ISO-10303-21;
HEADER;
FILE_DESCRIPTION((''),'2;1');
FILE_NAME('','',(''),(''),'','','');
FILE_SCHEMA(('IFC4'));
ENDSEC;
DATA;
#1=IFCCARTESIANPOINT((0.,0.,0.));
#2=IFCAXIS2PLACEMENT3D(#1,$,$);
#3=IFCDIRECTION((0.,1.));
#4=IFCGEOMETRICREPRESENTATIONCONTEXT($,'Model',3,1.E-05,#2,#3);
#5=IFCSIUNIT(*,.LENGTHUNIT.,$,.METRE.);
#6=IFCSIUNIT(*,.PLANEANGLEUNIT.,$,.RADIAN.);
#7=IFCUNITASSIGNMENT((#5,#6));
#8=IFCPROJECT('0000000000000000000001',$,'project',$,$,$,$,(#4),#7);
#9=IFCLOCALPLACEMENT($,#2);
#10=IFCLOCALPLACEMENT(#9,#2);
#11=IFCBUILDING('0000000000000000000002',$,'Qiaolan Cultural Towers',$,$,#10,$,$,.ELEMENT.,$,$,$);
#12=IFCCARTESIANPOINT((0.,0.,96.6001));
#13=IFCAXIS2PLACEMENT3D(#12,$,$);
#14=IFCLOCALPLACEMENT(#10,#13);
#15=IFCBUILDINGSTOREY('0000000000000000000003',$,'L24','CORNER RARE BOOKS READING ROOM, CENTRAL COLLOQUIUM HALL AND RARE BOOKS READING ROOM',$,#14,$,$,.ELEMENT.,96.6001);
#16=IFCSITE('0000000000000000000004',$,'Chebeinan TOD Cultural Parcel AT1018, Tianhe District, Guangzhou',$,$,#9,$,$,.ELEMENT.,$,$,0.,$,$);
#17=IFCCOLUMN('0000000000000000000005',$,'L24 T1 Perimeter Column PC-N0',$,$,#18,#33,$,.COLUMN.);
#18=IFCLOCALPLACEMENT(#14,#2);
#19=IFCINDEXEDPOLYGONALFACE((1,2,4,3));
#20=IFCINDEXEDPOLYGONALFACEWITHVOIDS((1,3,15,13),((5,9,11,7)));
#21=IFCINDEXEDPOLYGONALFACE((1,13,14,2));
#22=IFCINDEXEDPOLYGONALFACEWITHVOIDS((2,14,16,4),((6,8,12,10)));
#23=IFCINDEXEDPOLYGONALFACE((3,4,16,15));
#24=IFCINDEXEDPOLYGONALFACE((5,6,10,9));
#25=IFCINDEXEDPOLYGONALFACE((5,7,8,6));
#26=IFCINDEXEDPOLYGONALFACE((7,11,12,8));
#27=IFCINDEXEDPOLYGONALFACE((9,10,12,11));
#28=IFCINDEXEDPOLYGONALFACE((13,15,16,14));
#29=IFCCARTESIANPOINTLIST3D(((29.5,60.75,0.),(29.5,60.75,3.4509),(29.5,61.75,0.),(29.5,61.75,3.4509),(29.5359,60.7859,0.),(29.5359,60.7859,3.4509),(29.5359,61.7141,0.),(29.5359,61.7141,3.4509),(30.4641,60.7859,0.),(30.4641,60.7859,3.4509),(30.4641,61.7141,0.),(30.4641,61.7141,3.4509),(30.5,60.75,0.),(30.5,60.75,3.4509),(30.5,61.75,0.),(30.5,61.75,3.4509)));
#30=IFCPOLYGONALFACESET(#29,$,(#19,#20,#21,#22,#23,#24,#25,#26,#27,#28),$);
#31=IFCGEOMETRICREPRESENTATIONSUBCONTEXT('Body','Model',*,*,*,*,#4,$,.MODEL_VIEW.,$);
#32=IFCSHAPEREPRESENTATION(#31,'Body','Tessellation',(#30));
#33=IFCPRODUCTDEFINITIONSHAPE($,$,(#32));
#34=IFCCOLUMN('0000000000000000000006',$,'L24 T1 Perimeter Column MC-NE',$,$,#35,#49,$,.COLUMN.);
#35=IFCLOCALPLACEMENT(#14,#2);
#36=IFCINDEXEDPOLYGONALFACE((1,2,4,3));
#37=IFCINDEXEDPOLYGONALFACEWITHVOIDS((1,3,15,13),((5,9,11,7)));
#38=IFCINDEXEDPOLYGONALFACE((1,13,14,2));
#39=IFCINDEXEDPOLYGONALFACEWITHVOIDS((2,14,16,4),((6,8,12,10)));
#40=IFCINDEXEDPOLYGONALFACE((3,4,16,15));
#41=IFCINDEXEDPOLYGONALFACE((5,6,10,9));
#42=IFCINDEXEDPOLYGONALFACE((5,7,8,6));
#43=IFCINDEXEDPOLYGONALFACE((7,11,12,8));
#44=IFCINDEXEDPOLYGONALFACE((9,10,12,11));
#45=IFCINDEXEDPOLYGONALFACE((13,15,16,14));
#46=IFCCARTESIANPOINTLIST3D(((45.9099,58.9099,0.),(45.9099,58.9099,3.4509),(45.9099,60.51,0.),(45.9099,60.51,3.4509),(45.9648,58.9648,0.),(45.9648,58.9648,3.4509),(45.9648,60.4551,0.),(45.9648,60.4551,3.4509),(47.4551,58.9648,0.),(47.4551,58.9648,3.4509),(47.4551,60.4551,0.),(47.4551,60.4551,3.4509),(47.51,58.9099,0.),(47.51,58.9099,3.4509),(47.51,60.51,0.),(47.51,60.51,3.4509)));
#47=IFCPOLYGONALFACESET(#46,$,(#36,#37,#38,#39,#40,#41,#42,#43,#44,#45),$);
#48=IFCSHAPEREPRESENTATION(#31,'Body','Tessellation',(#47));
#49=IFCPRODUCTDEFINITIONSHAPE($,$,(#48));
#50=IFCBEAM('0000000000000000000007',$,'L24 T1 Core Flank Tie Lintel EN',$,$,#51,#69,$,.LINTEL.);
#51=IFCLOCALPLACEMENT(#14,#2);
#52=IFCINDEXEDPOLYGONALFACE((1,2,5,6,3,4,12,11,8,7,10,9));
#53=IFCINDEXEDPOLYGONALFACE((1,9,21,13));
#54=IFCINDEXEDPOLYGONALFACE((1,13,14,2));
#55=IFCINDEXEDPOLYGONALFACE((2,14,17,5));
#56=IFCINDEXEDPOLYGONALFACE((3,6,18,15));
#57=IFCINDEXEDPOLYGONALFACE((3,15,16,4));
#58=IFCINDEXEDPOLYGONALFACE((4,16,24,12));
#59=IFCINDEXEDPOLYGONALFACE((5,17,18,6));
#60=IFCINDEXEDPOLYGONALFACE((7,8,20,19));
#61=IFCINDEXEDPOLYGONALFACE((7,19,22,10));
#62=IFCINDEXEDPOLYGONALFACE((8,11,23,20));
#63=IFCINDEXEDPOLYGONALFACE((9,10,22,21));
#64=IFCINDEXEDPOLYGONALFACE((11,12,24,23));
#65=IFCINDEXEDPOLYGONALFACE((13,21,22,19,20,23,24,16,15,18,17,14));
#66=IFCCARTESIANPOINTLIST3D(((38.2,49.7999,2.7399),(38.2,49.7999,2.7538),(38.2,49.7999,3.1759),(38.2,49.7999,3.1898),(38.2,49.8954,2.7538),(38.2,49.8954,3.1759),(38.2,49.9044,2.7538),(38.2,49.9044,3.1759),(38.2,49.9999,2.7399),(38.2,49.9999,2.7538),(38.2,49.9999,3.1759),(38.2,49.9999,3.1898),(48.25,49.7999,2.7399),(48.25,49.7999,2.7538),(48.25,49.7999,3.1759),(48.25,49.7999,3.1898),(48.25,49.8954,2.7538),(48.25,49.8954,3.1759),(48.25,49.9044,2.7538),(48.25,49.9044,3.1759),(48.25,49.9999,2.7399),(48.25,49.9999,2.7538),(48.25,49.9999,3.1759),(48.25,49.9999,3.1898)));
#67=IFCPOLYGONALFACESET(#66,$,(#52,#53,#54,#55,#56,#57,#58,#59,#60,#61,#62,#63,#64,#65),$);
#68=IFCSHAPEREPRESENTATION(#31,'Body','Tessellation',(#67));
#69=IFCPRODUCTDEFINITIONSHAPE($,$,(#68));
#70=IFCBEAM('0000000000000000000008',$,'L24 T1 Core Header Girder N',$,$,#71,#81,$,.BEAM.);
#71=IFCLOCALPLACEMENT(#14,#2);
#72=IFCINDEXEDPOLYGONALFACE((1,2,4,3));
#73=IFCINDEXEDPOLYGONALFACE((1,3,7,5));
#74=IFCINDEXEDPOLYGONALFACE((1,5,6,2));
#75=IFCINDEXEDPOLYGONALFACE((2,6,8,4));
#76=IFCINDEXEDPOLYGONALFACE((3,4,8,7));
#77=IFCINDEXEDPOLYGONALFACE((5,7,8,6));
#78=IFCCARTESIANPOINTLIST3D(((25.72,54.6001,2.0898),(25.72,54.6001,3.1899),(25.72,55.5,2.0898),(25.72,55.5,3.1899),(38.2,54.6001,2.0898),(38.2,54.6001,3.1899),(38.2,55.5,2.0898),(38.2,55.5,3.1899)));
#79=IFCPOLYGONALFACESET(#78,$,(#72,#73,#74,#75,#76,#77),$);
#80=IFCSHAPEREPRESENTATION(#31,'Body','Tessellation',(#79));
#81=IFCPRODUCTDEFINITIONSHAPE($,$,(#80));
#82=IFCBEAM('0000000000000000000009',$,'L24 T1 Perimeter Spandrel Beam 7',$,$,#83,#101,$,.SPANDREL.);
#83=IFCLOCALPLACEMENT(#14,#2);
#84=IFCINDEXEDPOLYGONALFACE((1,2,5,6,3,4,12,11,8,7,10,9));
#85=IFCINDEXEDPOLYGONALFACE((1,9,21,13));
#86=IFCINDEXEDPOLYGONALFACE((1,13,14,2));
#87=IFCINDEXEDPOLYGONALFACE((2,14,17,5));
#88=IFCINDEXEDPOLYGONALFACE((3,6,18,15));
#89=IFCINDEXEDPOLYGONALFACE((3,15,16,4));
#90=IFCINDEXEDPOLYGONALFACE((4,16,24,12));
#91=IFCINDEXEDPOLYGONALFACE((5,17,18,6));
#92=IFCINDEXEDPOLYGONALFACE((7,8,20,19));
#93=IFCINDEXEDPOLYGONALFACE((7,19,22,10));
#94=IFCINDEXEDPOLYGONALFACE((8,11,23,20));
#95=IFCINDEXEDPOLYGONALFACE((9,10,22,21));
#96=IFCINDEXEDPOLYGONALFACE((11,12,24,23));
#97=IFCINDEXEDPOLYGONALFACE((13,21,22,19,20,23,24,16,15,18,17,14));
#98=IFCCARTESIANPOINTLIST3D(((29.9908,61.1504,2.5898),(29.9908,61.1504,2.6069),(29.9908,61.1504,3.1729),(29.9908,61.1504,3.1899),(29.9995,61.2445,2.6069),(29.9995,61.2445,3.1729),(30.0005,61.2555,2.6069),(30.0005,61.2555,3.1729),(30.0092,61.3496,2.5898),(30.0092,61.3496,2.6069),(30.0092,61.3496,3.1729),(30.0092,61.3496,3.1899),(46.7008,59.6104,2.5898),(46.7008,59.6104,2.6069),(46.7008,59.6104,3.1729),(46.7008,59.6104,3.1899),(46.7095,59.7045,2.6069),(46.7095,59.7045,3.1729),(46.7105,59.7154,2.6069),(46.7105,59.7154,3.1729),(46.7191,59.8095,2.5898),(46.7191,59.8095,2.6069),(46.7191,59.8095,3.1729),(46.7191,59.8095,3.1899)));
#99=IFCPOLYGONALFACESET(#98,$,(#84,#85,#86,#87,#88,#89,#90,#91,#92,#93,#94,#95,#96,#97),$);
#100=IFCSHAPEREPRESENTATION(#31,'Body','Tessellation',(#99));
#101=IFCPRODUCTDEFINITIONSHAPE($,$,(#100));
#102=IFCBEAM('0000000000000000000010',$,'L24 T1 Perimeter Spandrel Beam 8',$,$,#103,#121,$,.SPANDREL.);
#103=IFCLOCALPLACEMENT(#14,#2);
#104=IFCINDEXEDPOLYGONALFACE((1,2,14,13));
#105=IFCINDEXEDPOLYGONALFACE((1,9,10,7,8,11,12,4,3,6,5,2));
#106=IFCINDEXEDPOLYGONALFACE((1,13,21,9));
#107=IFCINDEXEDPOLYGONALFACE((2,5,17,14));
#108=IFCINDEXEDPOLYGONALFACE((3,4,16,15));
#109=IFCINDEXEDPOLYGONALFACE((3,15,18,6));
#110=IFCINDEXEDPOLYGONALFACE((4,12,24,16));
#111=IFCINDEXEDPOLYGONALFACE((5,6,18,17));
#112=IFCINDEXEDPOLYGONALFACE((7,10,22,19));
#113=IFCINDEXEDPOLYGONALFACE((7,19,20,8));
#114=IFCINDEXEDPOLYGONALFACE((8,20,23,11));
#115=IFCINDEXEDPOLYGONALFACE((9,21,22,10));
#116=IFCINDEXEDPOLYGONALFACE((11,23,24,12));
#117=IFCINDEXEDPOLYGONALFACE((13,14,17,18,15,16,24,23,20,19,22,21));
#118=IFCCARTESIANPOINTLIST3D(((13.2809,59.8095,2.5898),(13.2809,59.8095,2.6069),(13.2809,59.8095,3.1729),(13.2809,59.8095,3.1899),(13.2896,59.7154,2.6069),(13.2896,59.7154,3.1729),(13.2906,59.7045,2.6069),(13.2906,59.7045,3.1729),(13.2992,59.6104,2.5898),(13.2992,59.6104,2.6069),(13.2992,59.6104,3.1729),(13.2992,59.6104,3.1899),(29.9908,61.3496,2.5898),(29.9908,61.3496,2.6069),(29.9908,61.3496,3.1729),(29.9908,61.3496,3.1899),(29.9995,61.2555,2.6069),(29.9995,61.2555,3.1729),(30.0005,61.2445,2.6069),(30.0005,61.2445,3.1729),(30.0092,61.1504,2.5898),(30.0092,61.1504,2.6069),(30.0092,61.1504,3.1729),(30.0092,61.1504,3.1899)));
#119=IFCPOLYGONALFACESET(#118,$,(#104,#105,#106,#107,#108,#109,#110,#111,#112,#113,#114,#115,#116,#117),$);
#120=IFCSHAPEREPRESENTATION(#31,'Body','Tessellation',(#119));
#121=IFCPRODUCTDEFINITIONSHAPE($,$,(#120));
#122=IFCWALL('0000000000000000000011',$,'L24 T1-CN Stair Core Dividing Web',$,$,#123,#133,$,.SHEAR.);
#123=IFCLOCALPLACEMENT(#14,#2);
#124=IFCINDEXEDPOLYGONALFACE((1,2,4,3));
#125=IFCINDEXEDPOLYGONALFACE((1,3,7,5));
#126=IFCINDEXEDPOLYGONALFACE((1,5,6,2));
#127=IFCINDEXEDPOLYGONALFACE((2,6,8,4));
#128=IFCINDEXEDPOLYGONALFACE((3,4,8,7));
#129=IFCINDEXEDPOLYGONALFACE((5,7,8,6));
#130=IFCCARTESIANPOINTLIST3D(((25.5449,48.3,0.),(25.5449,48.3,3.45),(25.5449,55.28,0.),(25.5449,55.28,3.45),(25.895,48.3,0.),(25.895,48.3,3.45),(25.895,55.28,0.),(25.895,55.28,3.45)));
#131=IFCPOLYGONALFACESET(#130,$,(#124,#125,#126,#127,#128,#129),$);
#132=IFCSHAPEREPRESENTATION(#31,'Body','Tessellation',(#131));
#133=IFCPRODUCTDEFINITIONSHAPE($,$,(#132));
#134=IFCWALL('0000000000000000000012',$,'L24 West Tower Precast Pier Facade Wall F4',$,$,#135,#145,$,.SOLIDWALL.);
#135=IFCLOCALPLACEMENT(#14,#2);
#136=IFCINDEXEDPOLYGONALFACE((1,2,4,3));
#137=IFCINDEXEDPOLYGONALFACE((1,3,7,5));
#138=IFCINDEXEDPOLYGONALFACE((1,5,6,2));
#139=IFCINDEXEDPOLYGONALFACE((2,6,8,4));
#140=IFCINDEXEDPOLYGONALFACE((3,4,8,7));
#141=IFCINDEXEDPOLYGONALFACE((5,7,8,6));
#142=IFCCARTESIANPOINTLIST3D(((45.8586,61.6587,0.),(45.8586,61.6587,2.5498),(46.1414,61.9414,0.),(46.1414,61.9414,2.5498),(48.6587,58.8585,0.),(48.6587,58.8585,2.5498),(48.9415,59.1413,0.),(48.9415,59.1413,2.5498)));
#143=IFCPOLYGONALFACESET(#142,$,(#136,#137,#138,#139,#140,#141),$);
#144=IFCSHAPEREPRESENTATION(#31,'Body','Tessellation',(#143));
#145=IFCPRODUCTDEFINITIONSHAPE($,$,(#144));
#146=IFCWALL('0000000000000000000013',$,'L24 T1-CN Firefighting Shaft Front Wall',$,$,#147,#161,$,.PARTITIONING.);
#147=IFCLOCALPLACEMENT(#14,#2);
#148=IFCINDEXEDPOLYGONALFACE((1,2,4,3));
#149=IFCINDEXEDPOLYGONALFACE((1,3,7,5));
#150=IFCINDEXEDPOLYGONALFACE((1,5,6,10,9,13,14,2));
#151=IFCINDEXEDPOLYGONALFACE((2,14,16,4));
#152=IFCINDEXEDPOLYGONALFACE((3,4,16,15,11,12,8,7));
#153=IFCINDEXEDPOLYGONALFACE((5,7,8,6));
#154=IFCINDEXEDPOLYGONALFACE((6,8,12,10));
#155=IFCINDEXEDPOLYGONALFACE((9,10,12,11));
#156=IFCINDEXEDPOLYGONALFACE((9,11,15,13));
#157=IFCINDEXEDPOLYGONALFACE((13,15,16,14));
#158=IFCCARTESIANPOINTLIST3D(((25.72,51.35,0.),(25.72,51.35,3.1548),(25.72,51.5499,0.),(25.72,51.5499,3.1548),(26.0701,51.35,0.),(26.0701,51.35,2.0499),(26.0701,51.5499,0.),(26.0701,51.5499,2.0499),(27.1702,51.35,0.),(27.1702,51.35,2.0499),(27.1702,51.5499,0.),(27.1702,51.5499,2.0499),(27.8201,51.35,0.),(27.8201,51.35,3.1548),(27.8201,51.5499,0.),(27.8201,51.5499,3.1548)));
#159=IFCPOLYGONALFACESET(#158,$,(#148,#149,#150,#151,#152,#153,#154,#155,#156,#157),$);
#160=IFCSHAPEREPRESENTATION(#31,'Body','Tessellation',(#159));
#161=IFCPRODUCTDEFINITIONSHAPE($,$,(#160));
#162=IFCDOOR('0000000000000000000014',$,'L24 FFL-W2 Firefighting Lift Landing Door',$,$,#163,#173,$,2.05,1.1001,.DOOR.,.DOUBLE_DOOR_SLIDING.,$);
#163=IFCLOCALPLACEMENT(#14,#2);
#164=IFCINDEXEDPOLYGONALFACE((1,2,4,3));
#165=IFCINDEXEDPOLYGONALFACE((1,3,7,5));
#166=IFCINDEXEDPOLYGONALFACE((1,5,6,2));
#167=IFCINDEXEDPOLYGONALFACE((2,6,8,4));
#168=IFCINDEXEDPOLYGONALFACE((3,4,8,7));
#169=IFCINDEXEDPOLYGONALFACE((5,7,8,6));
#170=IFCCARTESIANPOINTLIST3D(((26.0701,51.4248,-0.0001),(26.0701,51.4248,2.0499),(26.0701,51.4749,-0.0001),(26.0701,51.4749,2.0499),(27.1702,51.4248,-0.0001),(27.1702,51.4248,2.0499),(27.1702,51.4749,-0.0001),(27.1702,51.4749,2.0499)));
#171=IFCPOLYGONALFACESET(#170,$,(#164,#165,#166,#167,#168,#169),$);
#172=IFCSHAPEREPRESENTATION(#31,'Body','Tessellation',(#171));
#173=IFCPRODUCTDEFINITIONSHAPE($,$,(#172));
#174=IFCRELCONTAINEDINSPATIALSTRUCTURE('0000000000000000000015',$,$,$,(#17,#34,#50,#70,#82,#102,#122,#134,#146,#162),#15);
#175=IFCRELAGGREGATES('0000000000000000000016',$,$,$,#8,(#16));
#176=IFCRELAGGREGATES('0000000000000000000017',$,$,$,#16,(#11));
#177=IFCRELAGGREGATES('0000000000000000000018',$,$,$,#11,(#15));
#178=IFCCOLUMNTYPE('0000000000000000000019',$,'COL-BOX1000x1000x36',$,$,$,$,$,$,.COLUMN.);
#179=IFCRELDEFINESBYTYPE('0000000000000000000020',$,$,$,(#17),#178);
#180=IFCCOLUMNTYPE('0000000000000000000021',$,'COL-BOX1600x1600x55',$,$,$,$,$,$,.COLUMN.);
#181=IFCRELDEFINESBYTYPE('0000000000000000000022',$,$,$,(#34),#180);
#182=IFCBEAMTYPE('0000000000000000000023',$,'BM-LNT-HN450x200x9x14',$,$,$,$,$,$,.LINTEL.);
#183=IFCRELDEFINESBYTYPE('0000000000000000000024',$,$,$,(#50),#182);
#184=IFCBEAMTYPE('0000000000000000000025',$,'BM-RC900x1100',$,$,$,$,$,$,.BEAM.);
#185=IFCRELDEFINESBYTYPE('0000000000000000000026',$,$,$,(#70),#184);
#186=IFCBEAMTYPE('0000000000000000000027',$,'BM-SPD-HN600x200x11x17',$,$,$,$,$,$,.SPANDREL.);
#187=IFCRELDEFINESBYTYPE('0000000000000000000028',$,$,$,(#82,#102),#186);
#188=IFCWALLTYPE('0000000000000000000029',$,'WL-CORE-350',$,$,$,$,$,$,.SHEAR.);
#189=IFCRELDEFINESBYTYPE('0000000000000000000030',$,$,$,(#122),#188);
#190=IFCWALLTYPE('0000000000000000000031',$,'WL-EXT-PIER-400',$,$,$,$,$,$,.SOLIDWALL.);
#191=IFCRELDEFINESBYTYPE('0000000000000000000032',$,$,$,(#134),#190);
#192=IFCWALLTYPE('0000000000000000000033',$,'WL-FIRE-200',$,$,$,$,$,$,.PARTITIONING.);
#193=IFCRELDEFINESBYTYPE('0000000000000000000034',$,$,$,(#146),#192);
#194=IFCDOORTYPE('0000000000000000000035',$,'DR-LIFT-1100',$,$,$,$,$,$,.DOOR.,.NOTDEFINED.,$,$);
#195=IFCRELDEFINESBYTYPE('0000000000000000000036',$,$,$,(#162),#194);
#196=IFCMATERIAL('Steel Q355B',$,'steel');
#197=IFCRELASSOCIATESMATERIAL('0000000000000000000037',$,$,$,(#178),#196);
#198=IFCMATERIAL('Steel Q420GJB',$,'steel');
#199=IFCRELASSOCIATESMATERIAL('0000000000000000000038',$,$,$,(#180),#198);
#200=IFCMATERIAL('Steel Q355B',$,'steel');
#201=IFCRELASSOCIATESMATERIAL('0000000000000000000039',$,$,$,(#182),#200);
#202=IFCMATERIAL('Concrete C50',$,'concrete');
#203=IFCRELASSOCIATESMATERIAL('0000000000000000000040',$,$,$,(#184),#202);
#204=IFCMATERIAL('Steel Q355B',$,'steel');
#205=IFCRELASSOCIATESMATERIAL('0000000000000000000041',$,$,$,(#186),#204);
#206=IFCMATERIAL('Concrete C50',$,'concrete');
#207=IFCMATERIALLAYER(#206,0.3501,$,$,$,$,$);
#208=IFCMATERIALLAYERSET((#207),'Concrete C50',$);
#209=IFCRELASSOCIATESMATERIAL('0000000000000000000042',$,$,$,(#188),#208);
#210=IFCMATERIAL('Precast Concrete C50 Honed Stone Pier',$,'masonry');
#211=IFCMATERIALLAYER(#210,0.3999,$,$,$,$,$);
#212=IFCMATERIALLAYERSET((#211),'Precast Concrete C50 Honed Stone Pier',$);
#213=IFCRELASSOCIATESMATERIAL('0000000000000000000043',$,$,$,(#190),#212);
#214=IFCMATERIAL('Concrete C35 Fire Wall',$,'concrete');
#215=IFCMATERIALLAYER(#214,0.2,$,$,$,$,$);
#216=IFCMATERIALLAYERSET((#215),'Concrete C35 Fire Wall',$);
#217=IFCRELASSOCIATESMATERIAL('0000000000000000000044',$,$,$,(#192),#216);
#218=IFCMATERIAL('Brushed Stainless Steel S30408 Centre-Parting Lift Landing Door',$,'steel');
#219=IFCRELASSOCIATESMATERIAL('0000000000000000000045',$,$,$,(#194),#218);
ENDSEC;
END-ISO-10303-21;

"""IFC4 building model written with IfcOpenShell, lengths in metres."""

from ifc_helpers import new_model, si_unit, direction, frame, frame_2d, origin, origin_2d, place, context, subcontext, project, spatial, rectangle, hollow_rectangle, i_section, extrude, material, layer, layer_set, material_profile, profile_set, type_object, element, fill, save


model = new_model("IFC4")

# Units and contexts
model_context = context("Model", 3, precision=1e-05, world=origin(), true_north=direction((0.0, 1.0)))
body_context = subcontext(model_context, "Body", "Model", "MODEL_VIEW")
ifc_project = project(units=[si_unit("LENGTHUNIT", "METRE"), si_unit("PLANEANGLEUNIT", "RADIAN")], contexts=[model_context])

# Site, building, storey
site_placement = place(None, origin())
site = spatial("IfcSite", under=ifc_project, at=site_placement, Name="Chebeinan TOD Cultural Parcel AT1018, Tianhe District, Guangzhou", CompositionType="ELEMENT", RefElevation=0.0)
building_placement = place(site_placement, origin())
building = spatial("IfcBuilding", under=site, at=building_placement, Name="Qiaolan Cultural Towers", CompositionType="ELEMENT")
storey_placement = place(building_placement, frame((0.0, 0.0, 96.6001)))
storey = spatial("IfcBuildingStorey", under=building, at=storey_placement, Name="L24", Description="CORNER RARE BOOKS READING ROOM, CENTRAL COLLOQUIUM HALL AND RARE BOOKS READING ROOM", CompositionType="ELEMENT", Elevation=96.6001)

# Columns
ifc_material_1 = material(Name="Steel Q355B", Category="steel")
ifc_material_profile_1 = material_profile(ifc_material_1, hollow_rectangle(XDim=1.0, YDim=1.0, WallThickness=0.0359, at=origin_2d()), Name="BOX1000x1000x36")
ifc_profile_set_1 = profile_set([ifc_material_profile_1], Name="Steel Q355B")
column_type_1 = type_object("IfcColumnType", Name="COL-BOX1000x1000x36", PredefinedType="COLUMN", material=ifc_profile_set_1)
column_1_placement = place(storey_placement, frame((30.0, 61.25, 0.0), z_axis=(0.0, 0.0, 1.0), x_axis=(1.0, 0.0, 0.0)))
element("IfcColumn", 1, at=column_1_placement, inside=storey, type_object=column_type_1, Name="L24 T1 Perimeter Column PC-N0", PredefinedType="COLUMN", context=body_context, shape_type="SweptSolid", body=[
    extrude(hollow_rectangle(XDim=1.0, YDim=1.0, WallThickness=0.0359, at=origin_2d()), origin(), (0.0, 0.0, 1.0), 3.4509),
])
ifc_material_2 = material(Name="Steel Q420GJB", Category="steel")
ifc_material_profile_2 = material_profile(ifc_material_2, hollow_rectangle(XDim=1.6001, YDim=1.6001, WallThickness=0.0549, at=origin_2d()), Name="BOX1600x1600x55")
ifc_profile_set_2 = profile_set([ifc_material_profile_2], Name="Steel Q420GJB")
column_type_2 = type_object("IfcColumnType", Name="COL-BOX1600x1600x55", PredefinedType="COLUMN", material=ifc_profile_set_2)
column_2_placement = place(storey_placement, frame((46.71, 59.71, 0.0), z_axis=(0.0, 0.0, 1.0), x_axis=(1.0, 0.0, 0.0)))
element("IfcColumn", 2, at=column_2_placement, inside=storey, type_object=column_type_2, Name="L24 T1 Perimeter Column MC-NE", PredefinedType="COLUMN", context=body_context, shape_type="SweptSolid", body=[
    extrude(hollow_rectangle(XDim=1.6001, YDim=1.6001, WallThickness=0.0549, at=origin_2d()), origin(), (0.0, 0.0, 1.0), 3.4509),
])

# Beams
ifc_material_3 = material(Name="Steel Q355B", Category="steel")
ifc_material_profile_3 = material_profile(ifc_material_3, i_section(OverallWidth=0.2, OverallDepth=0.45, WebThickness=0.009, FlangeThickness=0.0139, at=origin_2d()), Name="HN450x200x9x14")
ifc_profile_set_3 = profile_set([ifc_material_profile_3], Name="Steel Q355B")
beam_type_1 = type_object("IfcBeamType", Name="BM-LNT-HN450x200x9x14", PredefinedType="LINTEL", material=ifc_profile_set_3)
beam_1_placement = place(storey_placement, frame((38.2, 49.8999, 2.9648), z_axis=(1.0, 0.0, 0.0), x_axis=(0.0, 1.0, 0.0)))
element("IfcBeam", 3, at=beam_1_placement, inside=storey, type_object=beam_type_1, Name="L24 T1 Core Flank Tie Lintel EN", PredefinedType="LINTEL", context=body_context, shape_type="SweptSolid", body=[
    extrude(i_section(OverallWidth=0.2, OverallDepth=0.45, WebThickness=0.009, FlangeThickness=0.0139, at=origin_2d()), origin(), (0.0, 0.0, 1.0), 10.05),
])
ifc_material_4 = material(Name="Concrete C50", Category="concrete")
ifc_material_profile_4 = material_profile(ifc_material_4, rectangle(XDim=0.8999, YDim=1.1001, at=origin_2d()), Name="RC900x1100")
ifc_profile_set_4 = profile_set([ifc_material_profile_4], Name="Concrete C50")
beam_type_2 = type_object("IfcBeamType", Name="BM-RC900x1100", PredefinedType="BEAM", material=ifc_profile_set_4)
beam_2_placement = place(storey_placement, frame((25.72, 55.05, 2.6399), z_axis=(1.0, 0.0, 0.0), x_axis=(0.0, 1.0, 0.0)))
element("IfcBeam", 4, at=beam_2_placement, inside=storey, type_object=beam_type_2, Name="L24 T1 Core Header Girder N", PredefinedType="BEAM", context=body_context, shape_type="SweptSolid", body=[
    extrude(rectangle(XDim=0.8999, YDim=1.1001, at=origin_2d()), origin(), (0.0, 0.0, 1.0), 12.48),
])
ifc_material_5 = material(Name="Steel Q355B", Category="steel")
ifc_material_profile_5 = material_profile(ifc_material_5, i_section(OverallWidth=0.2, OverallDepth=0.6001, WebThickness=0.011, FlangeThickness=0.0171, at=origin_2d()), Name="HN600x200x11x17")
ifc_profile_set_5 = profile_set([ifc_material_profile_5], Name="Steel Q355B")
beam_type_3 = type_object("IfcBeamType", Name="BM-SPD-HN600x200x11x17", PredefinedType="SPANDREL", material=ifc_profile_set_5)
for number, where, z_axis, x_axis, name in (
    (5, (46.71, 59.71, 2.8899), (-0.99578, 0.091774, 0.0), (-0.091774, -0.99578, 0.0), "L24 T1 Perimeter Spandrel Beam 7"),
    (6, (30.0, 61.25, 2.8899), (-0.99578, -0.091774, 0.0), (0.091774, -0.99578, 0.0), "L24 T1 Perimeter Spandrel Beam 8"),
):
    element("IfcBeam", number, at=place(storey_placement, frame(where, z_axis=z_axis, x_axis=x_axis)), inside=storey, type_object=beam_type_3, Name=name, PredefinedType="SPANDREL", context=body_context, shape_type="SweptSolid", body=[
        extrude(i_section(OverallWidth=0.2, OverallDepth=0.6001, WebThickness=0.011, FlangeThickness=0.0171, at=origin_2d()), origin(), (0.0, 0.0, 1.0), 16.7808),
    ])

# Walls
ifc_material_6 = material(Name="Concrete C50", Category="concrete")
ifc_layer_1 = layer(ifc_material_6, 0.3501)
ifc_layer_set_1 = layer_set([ifc_layer_1], Name="Concrete C50")
wall_type_1 = type_object("IfcWallType", Name="WL-CORE-350", PredefinedType="SHEAR", material=ifc_layer_set_1)
wall_1_placement = place(storey_placement, frame((25.72, 48.3, 0.0), z_axis=(0.0, 0.0, 1.0), x_axis=(0.0, 1.0, 0.0)))
element("IfcWall", 7, at=wall_1_placement, inside=storey, type_object=wall_type_1, Name="L24 T1-CN Stair Core Dividing Web", PredefinedType="SHEAR", context=body_context, shape_type="SweptSolid", body=[
    extrude(rectangle(XDim=6.98, YDim=0.3501, at=frame_2d((3.49, 0.0))), origin(), (0.0, 0.0, 1.0), 3.45),
])
ifc_material_7 = material(Name="Precast Concrete C50 Honed Stone Pier", Category="masonry")
ifc_layer_2 = layer(ifc_material_7, 0.3999)
ifc_layer_set_2 = layer_set([ifc_layer_2], Name="Precast Concrete C50 Honed Stone Pier")
wall_type_2 = type_object("IfcWallType", Name="WL-EXT-PIER-400", PredefinedType="SOLIDWALL", material=ifc_layer_set_2)
wall_2_placement = place(storey_placement, frame((46.0, 61.8, 0.0), z_axis=(0.0, 0.0, 1.0), x_axis=(0.707107, -0.707107, 0.0)))
element("IfcWall", 8, at=wall_2_placement, inside=storey, type_object=wall_type_2, Name="L24 West Tower Precast Pier Facade Wall F4", PredefinedType="SOLIDWALL", context=body_context, shape_type="SweptSolid", body=[
    extrude(rectangle(XDim=3.96, YDim=0.3999, at=frame_2d((1.98, 0.0))), origin(), (0.0, 0.0, 1.0), 2.5498),
])

# Wall, opening, door
ifc_material_8 = material(Name="Concrete C35 Fire Wall", Category="concrete")
ifc_layer_3 = layer(ifc_material_8, 0.2)
ifc_layer_set_3 = layer_set([ifc_layer_3], Name="Concrete C35 Fire Wall")
wall_type_3 = type_object("IfcWallType", Name="WL-FIRE-200", PredefinedType="PARTITIONING", material=ifc_layer_set_3)
wall_3_placement = place(storey_placement, frame((25.72, 51.45, 0.0), z_axis=(0.0, 0.0, 1.0), x_axis=(1.0, 0.0, 0.0)))
wall_3 = element("IfcWall", 9, at=wall_3_placement, inside=storey, type_object=wall_type_3, Name="L24 T1-CN Firefighting Shaft Front Wall", PredefinedType="PARTITIONING", context=body_context, shape_type="SweptSolid", body=[
    extrude(rectangle(XDim=2.1001, YDim=0.2, at=frame_2d((1.05, 0.0))), origin(), (0.0, 0.0, 1.0), 3.1548),
])
opening_1_placement = place(wall_3_placement, frame((0.3501, 0.0, 0.0)))
opening_1 = element("IfcOpeningElement", 10, at=opening_1_placement, cuts=wall_3, PredefinedType="OPENING", context=body_context, shape_type="SweptSolid", body=[
    extrude(rectangle(XDim=1.1001, YDim=2.05, at=frame_2d((0.55, 1.0249))), frame((0.0, 0.1099, 0.0), z_axis=(0.0, -1.0, 0.0), x_axis=(1.0, 0.0, 0.0)), (0.0, 0.0, 1.0), 0.22),
])
ifc_material_9 = material(Name="Brushed Stainless Steel S30408 Centre-Parting Lift Landing Door", Category="steel")
door_type = type_object("IfcDoorType", Name="DR-LIFT-1100", OperationType="NOTDEFINED", PredefinedType="DOOR", material=ifc_material_9)
door_1_placement = place(opening_1_placement, origin())
door_1 = element("IfcDoor", 11, at=door_1_placement, inside=storey, type_object=door_type, Name="L24 FFL-W2 Firefighting Lift Landing Door", OperationType="DOUBLE_DOOR_SLIDING", OverallHeight=2.05, OverallWidth=1.1001, PredefinedType="DOOR", context=body_context, shape_type="SweptSolid", body=[
    extrude(rectangle(XDim=1.1001, YDim=2.05, at=frame_2d((0.55, 1.0249))), frame((0.0, 0.0249, 0.0), z_axis=(0.0, -1.0, 0.0), x_axis=(1.0, 0.0, 0.0)), (0.0, 0.0, 1.0), 0.05),
])
fill(opening_1, door_1)

save(model, "model.ifc")
